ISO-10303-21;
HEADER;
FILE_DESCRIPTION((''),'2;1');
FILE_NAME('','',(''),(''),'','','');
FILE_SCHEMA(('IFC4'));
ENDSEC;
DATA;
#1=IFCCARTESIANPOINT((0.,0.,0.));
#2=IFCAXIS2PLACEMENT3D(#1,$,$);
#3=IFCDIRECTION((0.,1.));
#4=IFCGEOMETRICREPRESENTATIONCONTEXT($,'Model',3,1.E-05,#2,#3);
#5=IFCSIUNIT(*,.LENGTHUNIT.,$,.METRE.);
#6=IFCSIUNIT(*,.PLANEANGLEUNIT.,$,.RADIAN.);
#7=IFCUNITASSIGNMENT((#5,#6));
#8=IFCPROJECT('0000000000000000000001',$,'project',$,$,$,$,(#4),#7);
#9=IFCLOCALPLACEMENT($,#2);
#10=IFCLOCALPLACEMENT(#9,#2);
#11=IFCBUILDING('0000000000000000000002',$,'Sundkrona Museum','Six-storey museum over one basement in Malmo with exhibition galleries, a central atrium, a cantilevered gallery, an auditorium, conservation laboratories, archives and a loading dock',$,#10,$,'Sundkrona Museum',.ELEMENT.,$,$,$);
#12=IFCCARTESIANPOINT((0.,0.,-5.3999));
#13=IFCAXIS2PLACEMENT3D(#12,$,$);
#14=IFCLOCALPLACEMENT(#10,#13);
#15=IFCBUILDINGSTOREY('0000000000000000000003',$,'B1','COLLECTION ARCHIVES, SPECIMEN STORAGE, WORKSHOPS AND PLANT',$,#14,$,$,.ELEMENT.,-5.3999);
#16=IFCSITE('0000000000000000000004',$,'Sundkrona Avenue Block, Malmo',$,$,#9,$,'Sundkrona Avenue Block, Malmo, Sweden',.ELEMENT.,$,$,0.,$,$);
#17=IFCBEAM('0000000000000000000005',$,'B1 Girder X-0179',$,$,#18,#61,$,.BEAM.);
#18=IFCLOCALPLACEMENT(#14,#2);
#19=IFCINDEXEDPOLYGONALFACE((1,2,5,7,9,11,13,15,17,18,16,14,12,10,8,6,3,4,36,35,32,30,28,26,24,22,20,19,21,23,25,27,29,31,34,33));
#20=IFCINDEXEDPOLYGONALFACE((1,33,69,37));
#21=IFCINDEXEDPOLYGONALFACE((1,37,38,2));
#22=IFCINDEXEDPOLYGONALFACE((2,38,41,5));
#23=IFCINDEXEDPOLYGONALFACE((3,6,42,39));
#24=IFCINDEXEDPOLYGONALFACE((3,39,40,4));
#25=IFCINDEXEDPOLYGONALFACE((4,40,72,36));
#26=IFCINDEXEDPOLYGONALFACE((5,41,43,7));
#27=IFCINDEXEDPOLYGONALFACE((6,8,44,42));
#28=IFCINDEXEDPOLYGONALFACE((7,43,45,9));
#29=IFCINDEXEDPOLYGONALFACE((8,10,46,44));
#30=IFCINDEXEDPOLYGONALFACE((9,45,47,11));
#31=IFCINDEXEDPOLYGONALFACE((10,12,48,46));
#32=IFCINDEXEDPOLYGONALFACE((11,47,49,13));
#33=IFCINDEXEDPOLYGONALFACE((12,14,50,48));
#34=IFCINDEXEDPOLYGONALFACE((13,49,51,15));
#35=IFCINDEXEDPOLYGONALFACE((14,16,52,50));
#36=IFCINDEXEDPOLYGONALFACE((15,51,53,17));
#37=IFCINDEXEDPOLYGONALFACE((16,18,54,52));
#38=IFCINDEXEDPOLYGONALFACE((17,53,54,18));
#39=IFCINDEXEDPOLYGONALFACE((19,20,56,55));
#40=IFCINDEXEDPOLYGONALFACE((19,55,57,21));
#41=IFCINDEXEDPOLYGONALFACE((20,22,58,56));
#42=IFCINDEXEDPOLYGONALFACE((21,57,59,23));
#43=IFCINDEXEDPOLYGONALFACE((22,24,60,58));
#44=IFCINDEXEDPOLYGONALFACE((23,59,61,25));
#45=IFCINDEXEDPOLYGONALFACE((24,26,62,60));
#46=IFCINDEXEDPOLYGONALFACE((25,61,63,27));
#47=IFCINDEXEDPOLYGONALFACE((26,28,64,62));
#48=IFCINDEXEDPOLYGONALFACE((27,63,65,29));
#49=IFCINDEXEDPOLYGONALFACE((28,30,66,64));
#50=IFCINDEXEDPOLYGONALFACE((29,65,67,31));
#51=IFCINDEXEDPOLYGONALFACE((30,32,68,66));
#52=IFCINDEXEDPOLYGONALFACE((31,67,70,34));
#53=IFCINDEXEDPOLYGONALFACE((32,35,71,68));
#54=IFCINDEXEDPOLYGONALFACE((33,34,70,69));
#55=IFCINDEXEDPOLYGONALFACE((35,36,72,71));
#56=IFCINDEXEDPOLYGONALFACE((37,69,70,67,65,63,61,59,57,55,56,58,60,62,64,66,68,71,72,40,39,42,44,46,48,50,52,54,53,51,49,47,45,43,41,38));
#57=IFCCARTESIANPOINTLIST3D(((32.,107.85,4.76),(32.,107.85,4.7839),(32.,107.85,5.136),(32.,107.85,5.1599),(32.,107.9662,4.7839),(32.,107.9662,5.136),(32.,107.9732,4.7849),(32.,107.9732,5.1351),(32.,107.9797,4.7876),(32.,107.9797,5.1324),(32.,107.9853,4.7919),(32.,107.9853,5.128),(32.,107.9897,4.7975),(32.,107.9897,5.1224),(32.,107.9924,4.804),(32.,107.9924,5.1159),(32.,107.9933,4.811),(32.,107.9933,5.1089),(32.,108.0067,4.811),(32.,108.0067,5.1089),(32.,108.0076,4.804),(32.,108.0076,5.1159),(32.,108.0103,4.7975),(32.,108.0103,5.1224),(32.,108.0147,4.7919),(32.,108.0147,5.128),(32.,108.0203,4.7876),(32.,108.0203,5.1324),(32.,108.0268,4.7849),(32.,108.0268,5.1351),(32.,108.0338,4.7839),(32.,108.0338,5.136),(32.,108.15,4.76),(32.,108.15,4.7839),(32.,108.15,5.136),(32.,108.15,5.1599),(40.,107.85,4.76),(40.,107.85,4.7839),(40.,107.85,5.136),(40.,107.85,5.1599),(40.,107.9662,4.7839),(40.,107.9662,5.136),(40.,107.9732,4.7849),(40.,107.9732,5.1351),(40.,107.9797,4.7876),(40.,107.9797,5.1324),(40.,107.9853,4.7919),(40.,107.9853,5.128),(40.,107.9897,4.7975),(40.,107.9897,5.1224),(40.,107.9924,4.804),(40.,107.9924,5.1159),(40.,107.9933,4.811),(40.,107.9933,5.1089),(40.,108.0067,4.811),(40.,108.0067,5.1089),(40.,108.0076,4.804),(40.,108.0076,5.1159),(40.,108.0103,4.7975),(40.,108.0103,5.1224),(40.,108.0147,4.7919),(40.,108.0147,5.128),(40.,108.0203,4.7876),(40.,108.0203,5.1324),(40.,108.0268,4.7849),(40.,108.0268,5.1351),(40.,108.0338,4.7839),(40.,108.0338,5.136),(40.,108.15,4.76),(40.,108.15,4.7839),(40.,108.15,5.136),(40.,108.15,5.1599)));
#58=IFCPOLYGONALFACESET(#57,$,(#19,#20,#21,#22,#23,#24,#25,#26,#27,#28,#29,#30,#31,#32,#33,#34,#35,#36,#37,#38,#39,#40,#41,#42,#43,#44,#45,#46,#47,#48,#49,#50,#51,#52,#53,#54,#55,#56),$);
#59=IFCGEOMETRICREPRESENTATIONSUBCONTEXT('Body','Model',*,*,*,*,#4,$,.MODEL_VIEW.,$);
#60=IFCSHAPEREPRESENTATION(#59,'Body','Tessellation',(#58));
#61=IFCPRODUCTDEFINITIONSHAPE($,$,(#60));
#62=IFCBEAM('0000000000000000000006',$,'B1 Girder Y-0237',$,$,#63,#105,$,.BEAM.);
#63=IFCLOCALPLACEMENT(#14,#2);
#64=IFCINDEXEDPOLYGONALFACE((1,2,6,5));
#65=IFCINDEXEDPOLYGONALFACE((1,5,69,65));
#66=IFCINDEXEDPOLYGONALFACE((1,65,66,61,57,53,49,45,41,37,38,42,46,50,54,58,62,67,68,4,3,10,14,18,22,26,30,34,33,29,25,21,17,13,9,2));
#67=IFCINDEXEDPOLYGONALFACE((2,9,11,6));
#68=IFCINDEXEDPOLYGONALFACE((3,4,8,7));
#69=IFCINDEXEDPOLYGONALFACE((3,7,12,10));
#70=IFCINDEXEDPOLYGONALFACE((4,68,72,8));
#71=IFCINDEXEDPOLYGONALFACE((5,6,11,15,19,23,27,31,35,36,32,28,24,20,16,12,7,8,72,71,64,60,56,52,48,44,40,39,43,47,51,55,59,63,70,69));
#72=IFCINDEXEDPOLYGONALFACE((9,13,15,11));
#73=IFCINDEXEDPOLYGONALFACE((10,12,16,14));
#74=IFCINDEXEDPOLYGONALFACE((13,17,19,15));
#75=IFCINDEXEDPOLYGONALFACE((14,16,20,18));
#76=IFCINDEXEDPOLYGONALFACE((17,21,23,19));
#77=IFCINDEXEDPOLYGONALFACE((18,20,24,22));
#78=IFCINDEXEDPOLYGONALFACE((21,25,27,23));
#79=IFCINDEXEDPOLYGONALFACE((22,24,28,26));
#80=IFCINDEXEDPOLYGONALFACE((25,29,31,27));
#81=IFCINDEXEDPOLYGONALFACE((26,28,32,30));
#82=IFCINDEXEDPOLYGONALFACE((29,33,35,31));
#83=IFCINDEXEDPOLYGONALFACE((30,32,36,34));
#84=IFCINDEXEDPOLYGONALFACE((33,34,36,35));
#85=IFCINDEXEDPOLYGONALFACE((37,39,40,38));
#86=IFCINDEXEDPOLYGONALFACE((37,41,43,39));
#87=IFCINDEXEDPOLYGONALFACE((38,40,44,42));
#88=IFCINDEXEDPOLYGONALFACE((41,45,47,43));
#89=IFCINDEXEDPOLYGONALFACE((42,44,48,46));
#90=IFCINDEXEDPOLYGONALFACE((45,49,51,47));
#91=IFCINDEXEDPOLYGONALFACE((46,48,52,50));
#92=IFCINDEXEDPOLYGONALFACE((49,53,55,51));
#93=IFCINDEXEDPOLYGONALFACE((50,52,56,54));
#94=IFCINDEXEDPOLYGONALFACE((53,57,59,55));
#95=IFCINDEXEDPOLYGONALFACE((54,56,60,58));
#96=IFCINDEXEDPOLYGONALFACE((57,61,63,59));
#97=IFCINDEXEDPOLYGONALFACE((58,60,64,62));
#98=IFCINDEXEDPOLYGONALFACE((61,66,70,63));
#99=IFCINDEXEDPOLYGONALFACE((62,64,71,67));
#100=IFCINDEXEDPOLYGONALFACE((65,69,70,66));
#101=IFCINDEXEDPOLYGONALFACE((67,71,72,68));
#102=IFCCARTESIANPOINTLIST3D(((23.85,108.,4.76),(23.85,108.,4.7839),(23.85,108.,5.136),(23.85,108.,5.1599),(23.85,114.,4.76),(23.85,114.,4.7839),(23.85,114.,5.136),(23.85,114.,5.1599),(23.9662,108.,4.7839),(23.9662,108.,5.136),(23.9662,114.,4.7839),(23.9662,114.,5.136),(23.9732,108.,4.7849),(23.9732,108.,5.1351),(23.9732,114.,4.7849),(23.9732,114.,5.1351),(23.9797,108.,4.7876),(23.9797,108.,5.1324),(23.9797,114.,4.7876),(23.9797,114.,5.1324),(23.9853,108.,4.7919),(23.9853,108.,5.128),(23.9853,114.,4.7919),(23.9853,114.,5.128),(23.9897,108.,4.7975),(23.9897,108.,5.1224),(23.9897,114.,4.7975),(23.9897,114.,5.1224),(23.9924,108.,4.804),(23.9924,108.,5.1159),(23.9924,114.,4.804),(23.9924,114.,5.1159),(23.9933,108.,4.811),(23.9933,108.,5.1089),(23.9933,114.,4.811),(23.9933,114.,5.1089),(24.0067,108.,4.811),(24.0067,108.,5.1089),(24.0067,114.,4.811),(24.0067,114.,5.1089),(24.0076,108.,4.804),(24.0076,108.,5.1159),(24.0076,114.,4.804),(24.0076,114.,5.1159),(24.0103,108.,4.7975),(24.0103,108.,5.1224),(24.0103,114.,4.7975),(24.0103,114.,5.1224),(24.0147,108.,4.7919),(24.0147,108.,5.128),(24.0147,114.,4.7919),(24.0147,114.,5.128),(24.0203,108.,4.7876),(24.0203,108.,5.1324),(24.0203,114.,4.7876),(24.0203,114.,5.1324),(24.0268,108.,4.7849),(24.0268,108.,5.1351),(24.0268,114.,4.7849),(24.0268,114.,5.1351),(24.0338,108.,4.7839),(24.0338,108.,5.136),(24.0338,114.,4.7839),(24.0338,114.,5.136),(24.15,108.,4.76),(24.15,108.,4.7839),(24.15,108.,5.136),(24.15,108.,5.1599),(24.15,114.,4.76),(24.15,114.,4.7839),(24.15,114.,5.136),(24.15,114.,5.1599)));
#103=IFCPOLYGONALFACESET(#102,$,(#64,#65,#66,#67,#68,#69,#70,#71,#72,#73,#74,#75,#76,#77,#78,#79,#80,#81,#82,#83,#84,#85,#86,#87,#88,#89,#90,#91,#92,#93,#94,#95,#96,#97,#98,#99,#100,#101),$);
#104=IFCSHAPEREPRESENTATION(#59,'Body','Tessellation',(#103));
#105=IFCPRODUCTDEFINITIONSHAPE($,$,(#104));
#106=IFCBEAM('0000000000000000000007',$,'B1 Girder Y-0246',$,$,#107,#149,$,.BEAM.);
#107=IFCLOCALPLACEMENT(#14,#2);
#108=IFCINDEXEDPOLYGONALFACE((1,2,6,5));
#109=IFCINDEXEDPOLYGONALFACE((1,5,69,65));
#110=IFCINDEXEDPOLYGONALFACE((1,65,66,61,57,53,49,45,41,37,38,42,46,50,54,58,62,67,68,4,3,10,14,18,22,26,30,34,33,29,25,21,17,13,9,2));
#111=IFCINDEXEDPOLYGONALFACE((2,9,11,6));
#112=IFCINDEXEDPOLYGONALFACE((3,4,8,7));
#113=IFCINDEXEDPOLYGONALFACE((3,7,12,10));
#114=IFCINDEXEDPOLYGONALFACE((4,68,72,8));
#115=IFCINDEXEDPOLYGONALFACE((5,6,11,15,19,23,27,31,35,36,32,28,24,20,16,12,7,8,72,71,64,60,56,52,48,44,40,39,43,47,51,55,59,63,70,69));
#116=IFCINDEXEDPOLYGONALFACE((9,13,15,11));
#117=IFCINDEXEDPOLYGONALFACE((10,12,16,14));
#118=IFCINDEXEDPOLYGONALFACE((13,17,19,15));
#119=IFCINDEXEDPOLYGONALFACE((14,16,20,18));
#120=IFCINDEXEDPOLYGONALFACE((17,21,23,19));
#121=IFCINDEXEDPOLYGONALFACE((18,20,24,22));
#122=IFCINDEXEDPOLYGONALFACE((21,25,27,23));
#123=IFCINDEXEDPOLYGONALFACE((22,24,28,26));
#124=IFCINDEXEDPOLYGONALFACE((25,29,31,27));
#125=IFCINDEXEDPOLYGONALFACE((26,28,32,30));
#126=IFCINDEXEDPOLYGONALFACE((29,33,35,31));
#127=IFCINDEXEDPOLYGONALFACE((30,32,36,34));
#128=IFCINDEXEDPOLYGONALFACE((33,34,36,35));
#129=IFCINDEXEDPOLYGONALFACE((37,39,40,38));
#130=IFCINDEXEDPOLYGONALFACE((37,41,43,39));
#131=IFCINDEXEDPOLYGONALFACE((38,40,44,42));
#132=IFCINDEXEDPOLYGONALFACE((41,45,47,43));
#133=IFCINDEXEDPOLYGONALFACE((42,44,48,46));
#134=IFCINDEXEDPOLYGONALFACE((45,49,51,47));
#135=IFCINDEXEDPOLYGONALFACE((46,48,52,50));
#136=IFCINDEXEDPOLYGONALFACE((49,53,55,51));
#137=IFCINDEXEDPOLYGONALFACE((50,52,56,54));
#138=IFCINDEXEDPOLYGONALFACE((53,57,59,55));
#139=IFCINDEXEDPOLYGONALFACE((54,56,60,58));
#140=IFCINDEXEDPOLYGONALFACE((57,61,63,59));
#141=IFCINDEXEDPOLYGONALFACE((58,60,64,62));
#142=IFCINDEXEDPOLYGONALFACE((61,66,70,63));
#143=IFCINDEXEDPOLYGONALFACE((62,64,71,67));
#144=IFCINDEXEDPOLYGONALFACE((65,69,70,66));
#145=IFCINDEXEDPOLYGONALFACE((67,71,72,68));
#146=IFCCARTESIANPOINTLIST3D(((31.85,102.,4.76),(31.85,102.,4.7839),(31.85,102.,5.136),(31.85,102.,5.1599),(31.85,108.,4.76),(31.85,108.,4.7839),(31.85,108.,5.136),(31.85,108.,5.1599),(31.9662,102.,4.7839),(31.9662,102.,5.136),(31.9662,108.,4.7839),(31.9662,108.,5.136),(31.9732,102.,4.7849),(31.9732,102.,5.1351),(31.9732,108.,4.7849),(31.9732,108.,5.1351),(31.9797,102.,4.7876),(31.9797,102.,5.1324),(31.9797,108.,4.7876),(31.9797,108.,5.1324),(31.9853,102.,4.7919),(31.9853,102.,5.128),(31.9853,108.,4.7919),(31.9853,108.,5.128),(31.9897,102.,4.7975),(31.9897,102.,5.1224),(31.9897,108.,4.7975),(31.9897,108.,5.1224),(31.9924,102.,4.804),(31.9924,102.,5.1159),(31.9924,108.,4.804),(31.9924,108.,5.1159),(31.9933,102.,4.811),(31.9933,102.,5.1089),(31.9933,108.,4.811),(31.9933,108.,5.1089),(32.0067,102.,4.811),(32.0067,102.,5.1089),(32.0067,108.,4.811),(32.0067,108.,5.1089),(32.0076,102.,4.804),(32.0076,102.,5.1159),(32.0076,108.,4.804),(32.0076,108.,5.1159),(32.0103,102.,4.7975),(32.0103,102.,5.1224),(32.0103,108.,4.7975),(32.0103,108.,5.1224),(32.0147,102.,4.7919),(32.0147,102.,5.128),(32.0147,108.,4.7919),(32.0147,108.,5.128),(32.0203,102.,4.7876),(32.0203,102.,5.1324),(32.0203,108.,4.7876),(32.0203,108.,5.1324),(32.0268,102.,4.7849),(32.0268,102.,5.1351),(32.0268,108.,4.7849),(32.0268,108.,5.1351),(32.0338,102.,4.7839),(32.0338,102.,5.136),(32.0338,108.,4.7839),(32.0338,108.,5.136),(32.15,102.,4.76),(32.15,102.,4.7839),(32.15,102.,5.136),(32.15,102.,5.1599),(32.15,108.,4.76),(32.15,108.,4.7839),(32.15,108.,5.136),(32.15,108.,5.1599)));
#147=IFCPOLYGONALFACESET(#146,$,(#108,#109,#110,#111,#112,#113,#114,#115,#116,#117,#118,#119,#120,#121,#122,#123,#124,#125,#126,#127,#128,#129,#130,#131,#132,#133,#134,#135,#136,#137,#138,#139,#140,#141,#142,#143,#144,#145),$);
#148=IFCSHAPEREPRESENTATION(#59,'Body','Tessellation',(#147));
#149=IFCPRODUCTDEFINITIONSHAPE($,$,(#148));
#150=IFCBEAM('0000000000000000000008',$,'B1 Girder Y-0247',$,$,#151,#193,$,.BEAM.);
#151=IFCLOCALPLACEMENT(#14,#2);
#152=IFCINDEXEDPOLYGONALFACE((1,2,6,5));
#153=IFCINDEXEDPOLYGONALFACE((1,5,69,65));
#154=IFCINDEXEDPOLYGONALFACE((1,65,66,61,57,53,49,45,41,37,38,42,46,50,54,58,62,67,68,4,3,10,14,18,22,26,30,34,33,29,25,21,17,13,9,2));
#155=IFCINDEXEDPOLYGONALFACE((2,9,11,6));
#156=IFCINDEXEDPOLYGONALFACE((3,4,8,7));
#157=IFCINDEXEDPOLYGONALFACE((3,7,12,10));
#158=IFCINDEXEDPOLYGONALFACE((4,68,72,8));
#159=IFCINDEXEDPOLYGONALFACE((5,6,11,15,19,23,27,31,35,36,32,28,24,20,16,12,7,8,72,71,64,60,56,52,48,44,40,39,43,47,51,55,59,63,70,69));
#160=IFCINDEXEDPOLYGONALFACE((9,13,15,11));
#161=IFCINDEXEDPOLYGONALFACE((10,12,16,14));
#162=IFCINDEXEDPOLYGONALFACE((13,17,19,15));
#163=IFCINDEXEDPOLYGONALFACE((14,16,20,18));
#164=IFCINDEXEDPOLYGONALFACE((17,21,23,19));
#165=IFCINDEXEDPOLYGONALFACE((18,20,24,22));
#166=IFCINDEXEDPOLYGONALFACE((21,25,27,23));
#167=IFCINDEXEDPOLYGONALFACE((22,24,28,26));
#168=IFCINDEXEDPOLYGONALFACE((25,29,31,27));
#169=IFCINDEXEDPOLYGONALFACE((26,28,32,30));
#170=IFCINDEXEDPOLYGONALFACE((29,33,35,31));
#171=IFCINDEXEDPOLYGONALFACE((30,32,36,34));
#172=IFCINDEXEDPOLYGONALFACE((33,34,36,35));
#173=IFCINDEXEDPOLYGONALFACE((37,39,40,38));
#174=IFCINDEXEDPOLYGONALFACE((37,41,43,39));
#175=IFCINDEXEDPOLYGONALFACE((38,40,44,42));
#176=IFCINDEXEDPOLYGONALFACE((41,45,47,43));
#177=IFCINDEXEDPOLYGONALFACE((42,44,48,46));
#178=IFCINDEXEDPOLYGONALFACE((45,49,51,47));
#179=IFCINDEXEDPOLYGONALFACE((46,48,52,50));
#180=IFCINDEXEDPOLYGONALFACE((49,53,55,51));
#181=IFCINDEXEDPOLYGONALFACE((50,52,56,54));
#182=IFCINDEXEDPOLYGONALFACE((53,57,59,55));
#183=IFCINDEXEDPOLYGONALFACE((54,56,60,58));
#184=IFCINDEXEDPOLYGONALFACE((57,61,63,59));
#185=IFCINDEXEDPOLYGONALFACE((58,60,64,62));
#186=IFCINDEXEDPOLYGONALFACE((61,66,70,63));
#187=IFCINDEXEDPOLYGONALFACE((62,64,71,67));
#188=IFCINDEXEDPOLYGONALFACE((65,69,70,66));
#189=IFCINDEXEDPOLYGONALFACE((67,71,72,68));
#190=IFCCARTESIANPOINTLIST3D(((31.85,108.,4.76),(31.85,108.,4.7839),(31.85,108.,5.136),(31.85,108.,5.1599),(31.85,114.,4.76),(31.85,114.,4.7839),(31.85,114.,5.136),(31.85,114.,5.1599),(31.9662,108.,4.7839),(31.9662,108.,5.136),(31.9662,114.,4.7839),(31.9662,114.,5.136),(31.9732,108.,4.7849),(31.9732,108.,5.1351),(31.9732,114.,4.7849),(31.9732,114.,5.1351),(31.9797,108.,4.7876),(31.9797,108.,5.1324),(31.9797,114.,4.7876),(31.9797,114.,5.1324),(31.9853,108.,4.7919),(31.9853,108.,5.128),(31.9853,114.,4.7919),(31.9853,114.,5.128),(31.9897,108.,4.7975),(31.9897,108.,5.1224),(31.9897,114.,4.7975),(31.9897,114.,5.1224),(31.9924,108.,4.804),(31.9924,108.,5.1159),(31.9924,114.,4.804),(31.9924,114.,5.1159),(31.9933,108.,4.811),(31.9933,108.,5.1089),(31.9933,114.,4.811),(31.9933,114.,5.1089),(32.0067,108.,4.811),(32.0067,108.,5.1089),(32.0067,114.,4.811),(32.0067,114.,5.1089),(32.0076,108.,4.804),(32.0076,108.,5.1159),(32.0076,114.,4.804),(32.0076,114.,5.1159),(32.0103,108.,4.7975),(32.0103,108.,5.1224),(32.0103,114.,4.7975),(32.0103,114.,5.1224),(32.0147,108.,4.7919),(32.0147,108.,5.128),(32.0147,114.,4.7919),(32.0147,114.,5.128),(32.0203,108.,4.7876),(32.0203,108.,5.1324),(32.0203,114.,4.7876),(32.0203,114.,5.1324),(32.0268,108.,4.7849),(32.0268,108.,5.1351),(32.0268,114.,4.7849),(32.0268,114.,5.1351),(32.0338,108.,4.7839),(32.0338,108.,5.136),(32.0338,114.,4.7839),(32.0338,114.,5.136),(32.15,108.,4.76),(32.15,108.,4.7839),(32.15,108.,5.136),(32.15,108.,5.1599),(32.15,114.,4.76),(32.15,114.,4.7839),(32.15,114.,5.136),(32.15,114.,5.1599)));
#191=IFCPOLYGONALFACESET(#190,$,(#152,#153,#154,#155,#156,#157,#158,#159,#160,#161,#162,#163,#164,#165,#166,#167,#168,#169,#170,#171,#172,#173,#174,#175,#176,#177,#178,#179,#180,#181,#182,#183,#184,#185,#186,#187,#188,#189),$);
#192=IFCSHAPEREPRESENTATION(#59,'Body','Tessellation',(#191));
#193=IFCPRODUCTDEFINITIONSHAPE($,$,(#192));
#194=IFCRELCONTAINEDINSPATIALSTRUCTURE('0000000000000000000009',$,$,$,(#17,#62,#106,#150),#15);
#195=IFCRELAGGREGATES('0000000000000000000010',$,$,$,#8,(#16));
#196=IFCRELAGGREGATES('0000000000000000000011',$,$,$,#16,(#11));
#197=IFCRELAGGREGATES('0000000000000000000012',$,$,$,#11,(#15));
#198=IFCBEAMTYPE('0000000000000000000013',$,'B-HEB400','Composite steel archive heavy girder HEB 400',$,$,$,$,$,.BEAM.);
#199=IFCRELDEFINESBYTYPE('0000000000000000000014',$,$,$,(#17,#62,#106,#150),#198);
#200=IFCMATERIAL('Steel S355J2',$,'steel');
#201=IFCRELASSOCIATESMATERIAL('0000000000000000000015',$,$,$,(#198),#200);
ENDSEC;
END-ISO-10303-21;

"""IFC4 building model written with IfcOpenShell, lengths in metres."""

from ifc_helpers import new_model, si_unit, direction, frame, origin, origin_2d, place, context, subcontext, project, spatial, i_section, extrude, material, material_profile, profile_set, type_object, element, save


model = new_model("IFC4")

# Units and contexts
model_context = context("Model", 3, precision=1e-05, world=origin(), true_north=direction((0.0, 1.0)))
body_context = subcontext(model_context, "Body", "Model", "MODEL_VIEW")
ifc_project = project(units=[si_unit("LENGTHUNIT", "METRE"), si_unit("PLANEANGLEUNIT", "RADIAN")], contexts=[model_context])

# Site, building, storey
site_placement = place(None, origin())
site = spatial("IfcSite", under=ifc_project, at=site_placement, Name="Sundkrona Avenue Block, Malmo", LongName="Sundkrona Avenue Block, Malmo, Sweden", CompositionType="ELEMENT", RefElevation=0.0)
building_placement = place(site_placement, origin())
building = spatial("IfcBuilding", under=site, at=building_placement, Name="Sundkrona Museum", Description="Six-storey museum over one basement in Malmo with exhibition galleries, a central atrium, a cantilevered gallery, an auditorium, conservation laboratories, archives and a loading dock", LongName="Sundkrona Museum", CompositionType="ELEMENT")
storey_placement = place(building_placement, frame((0.0, 0.0, -5.3999)))
storey = spatial("IfcBuildingStorey", under=building, at=storey_placement, Name="B1", Description="COLLECTION ARCHIVES, SPECIMEN STORAGE, WORKSHOPS AND PLANT", CompositionType="ELEMENT", Elevation=-5.3999)

# Beams
ifc_material_1 = material(Name="Steel S355J2", Category="steel")
ifc_material_profile_1 = material_profile(ifc_material_1, i_section(OverallWidth=0.3, OverallDepth=0.3999, WebThickness=0.0134, FlangeThickness=0.0239, FilletRadius=0.0271, at=origin_2d()), Name="HEB 400")
ifc_profile_set_1 = profile_set([ifc_material_profile_1], Name="Steel S355J2")
beam_type_1 = type_object("IfcBeamType", Name="B-HEB400", Description="Composite steel archive heavy girder HEB 400", PredefinedType="BEAM", material=ifc_profile_set_1)
for number, where, z_axis, x_axis, name in (
    (1, (32.0, 108.0, 4.96), (1.0, 0.0, 0.0), (0.0, 1.0, 0.0), "B1 Girder X-0179"),
):
    element("IfcBeam", number, at=place(storey_placement, frame(where, z_axis=z_axis, x_axis=x_axis)), inside=storey, type_object=beam_type_1, Name=name, PredefinedType="BEAM", context=body_context, shape_type="SweptSolid", body=[
        extrude(i_section(OverallWidth=0.3, OverallDepth=0.3999, WebThickness=0.0134, FlangeThickness=0.0239, FilletRadius=0.0271, at=origin_2d()), origin(), (0.0, 0.0, 1.0), 8.0),
    ])
for number, where, z_axis, x_axis, name in (
    (2, (24.0, 108.0, 4.96), (0.0, 1.0, 0.0), (-1.0, 0.0, 0.0), "B1 Girder Y-0237"),
    (3, (32.0, 102.0, 4.96), (0.0, 1.0, 0.0), (-1.0, 0.0, 0.0), "B1 Girder Y-0246"),
    (4, (32.0, 108.0, 4.96), (0.0, 1.0, 0.0), (-1.0, 0.0, 0.0), "B1 Girder Y-0247"),
):
    element("IfcBeam", number, at=place(storey_placement, frame(where, z_axis=z_axis, x_axis=x_axis)), inside=storey, type_object=beam_type_1, Name=name, PredefinedType="BEAM", context=body_context, shape_type="SweptSolid", body=[
        extrude(i_section(OverallWidth=0.3, OverallDepth=0.3999, WebThickness=0.0134, FlangeThickness=0.0239, FilletRadius=0.0271, at=origin_2d()), origin(), (0.0, 0.0, 1.0), 6.0),
    ])

save(model, "model.ifc")
